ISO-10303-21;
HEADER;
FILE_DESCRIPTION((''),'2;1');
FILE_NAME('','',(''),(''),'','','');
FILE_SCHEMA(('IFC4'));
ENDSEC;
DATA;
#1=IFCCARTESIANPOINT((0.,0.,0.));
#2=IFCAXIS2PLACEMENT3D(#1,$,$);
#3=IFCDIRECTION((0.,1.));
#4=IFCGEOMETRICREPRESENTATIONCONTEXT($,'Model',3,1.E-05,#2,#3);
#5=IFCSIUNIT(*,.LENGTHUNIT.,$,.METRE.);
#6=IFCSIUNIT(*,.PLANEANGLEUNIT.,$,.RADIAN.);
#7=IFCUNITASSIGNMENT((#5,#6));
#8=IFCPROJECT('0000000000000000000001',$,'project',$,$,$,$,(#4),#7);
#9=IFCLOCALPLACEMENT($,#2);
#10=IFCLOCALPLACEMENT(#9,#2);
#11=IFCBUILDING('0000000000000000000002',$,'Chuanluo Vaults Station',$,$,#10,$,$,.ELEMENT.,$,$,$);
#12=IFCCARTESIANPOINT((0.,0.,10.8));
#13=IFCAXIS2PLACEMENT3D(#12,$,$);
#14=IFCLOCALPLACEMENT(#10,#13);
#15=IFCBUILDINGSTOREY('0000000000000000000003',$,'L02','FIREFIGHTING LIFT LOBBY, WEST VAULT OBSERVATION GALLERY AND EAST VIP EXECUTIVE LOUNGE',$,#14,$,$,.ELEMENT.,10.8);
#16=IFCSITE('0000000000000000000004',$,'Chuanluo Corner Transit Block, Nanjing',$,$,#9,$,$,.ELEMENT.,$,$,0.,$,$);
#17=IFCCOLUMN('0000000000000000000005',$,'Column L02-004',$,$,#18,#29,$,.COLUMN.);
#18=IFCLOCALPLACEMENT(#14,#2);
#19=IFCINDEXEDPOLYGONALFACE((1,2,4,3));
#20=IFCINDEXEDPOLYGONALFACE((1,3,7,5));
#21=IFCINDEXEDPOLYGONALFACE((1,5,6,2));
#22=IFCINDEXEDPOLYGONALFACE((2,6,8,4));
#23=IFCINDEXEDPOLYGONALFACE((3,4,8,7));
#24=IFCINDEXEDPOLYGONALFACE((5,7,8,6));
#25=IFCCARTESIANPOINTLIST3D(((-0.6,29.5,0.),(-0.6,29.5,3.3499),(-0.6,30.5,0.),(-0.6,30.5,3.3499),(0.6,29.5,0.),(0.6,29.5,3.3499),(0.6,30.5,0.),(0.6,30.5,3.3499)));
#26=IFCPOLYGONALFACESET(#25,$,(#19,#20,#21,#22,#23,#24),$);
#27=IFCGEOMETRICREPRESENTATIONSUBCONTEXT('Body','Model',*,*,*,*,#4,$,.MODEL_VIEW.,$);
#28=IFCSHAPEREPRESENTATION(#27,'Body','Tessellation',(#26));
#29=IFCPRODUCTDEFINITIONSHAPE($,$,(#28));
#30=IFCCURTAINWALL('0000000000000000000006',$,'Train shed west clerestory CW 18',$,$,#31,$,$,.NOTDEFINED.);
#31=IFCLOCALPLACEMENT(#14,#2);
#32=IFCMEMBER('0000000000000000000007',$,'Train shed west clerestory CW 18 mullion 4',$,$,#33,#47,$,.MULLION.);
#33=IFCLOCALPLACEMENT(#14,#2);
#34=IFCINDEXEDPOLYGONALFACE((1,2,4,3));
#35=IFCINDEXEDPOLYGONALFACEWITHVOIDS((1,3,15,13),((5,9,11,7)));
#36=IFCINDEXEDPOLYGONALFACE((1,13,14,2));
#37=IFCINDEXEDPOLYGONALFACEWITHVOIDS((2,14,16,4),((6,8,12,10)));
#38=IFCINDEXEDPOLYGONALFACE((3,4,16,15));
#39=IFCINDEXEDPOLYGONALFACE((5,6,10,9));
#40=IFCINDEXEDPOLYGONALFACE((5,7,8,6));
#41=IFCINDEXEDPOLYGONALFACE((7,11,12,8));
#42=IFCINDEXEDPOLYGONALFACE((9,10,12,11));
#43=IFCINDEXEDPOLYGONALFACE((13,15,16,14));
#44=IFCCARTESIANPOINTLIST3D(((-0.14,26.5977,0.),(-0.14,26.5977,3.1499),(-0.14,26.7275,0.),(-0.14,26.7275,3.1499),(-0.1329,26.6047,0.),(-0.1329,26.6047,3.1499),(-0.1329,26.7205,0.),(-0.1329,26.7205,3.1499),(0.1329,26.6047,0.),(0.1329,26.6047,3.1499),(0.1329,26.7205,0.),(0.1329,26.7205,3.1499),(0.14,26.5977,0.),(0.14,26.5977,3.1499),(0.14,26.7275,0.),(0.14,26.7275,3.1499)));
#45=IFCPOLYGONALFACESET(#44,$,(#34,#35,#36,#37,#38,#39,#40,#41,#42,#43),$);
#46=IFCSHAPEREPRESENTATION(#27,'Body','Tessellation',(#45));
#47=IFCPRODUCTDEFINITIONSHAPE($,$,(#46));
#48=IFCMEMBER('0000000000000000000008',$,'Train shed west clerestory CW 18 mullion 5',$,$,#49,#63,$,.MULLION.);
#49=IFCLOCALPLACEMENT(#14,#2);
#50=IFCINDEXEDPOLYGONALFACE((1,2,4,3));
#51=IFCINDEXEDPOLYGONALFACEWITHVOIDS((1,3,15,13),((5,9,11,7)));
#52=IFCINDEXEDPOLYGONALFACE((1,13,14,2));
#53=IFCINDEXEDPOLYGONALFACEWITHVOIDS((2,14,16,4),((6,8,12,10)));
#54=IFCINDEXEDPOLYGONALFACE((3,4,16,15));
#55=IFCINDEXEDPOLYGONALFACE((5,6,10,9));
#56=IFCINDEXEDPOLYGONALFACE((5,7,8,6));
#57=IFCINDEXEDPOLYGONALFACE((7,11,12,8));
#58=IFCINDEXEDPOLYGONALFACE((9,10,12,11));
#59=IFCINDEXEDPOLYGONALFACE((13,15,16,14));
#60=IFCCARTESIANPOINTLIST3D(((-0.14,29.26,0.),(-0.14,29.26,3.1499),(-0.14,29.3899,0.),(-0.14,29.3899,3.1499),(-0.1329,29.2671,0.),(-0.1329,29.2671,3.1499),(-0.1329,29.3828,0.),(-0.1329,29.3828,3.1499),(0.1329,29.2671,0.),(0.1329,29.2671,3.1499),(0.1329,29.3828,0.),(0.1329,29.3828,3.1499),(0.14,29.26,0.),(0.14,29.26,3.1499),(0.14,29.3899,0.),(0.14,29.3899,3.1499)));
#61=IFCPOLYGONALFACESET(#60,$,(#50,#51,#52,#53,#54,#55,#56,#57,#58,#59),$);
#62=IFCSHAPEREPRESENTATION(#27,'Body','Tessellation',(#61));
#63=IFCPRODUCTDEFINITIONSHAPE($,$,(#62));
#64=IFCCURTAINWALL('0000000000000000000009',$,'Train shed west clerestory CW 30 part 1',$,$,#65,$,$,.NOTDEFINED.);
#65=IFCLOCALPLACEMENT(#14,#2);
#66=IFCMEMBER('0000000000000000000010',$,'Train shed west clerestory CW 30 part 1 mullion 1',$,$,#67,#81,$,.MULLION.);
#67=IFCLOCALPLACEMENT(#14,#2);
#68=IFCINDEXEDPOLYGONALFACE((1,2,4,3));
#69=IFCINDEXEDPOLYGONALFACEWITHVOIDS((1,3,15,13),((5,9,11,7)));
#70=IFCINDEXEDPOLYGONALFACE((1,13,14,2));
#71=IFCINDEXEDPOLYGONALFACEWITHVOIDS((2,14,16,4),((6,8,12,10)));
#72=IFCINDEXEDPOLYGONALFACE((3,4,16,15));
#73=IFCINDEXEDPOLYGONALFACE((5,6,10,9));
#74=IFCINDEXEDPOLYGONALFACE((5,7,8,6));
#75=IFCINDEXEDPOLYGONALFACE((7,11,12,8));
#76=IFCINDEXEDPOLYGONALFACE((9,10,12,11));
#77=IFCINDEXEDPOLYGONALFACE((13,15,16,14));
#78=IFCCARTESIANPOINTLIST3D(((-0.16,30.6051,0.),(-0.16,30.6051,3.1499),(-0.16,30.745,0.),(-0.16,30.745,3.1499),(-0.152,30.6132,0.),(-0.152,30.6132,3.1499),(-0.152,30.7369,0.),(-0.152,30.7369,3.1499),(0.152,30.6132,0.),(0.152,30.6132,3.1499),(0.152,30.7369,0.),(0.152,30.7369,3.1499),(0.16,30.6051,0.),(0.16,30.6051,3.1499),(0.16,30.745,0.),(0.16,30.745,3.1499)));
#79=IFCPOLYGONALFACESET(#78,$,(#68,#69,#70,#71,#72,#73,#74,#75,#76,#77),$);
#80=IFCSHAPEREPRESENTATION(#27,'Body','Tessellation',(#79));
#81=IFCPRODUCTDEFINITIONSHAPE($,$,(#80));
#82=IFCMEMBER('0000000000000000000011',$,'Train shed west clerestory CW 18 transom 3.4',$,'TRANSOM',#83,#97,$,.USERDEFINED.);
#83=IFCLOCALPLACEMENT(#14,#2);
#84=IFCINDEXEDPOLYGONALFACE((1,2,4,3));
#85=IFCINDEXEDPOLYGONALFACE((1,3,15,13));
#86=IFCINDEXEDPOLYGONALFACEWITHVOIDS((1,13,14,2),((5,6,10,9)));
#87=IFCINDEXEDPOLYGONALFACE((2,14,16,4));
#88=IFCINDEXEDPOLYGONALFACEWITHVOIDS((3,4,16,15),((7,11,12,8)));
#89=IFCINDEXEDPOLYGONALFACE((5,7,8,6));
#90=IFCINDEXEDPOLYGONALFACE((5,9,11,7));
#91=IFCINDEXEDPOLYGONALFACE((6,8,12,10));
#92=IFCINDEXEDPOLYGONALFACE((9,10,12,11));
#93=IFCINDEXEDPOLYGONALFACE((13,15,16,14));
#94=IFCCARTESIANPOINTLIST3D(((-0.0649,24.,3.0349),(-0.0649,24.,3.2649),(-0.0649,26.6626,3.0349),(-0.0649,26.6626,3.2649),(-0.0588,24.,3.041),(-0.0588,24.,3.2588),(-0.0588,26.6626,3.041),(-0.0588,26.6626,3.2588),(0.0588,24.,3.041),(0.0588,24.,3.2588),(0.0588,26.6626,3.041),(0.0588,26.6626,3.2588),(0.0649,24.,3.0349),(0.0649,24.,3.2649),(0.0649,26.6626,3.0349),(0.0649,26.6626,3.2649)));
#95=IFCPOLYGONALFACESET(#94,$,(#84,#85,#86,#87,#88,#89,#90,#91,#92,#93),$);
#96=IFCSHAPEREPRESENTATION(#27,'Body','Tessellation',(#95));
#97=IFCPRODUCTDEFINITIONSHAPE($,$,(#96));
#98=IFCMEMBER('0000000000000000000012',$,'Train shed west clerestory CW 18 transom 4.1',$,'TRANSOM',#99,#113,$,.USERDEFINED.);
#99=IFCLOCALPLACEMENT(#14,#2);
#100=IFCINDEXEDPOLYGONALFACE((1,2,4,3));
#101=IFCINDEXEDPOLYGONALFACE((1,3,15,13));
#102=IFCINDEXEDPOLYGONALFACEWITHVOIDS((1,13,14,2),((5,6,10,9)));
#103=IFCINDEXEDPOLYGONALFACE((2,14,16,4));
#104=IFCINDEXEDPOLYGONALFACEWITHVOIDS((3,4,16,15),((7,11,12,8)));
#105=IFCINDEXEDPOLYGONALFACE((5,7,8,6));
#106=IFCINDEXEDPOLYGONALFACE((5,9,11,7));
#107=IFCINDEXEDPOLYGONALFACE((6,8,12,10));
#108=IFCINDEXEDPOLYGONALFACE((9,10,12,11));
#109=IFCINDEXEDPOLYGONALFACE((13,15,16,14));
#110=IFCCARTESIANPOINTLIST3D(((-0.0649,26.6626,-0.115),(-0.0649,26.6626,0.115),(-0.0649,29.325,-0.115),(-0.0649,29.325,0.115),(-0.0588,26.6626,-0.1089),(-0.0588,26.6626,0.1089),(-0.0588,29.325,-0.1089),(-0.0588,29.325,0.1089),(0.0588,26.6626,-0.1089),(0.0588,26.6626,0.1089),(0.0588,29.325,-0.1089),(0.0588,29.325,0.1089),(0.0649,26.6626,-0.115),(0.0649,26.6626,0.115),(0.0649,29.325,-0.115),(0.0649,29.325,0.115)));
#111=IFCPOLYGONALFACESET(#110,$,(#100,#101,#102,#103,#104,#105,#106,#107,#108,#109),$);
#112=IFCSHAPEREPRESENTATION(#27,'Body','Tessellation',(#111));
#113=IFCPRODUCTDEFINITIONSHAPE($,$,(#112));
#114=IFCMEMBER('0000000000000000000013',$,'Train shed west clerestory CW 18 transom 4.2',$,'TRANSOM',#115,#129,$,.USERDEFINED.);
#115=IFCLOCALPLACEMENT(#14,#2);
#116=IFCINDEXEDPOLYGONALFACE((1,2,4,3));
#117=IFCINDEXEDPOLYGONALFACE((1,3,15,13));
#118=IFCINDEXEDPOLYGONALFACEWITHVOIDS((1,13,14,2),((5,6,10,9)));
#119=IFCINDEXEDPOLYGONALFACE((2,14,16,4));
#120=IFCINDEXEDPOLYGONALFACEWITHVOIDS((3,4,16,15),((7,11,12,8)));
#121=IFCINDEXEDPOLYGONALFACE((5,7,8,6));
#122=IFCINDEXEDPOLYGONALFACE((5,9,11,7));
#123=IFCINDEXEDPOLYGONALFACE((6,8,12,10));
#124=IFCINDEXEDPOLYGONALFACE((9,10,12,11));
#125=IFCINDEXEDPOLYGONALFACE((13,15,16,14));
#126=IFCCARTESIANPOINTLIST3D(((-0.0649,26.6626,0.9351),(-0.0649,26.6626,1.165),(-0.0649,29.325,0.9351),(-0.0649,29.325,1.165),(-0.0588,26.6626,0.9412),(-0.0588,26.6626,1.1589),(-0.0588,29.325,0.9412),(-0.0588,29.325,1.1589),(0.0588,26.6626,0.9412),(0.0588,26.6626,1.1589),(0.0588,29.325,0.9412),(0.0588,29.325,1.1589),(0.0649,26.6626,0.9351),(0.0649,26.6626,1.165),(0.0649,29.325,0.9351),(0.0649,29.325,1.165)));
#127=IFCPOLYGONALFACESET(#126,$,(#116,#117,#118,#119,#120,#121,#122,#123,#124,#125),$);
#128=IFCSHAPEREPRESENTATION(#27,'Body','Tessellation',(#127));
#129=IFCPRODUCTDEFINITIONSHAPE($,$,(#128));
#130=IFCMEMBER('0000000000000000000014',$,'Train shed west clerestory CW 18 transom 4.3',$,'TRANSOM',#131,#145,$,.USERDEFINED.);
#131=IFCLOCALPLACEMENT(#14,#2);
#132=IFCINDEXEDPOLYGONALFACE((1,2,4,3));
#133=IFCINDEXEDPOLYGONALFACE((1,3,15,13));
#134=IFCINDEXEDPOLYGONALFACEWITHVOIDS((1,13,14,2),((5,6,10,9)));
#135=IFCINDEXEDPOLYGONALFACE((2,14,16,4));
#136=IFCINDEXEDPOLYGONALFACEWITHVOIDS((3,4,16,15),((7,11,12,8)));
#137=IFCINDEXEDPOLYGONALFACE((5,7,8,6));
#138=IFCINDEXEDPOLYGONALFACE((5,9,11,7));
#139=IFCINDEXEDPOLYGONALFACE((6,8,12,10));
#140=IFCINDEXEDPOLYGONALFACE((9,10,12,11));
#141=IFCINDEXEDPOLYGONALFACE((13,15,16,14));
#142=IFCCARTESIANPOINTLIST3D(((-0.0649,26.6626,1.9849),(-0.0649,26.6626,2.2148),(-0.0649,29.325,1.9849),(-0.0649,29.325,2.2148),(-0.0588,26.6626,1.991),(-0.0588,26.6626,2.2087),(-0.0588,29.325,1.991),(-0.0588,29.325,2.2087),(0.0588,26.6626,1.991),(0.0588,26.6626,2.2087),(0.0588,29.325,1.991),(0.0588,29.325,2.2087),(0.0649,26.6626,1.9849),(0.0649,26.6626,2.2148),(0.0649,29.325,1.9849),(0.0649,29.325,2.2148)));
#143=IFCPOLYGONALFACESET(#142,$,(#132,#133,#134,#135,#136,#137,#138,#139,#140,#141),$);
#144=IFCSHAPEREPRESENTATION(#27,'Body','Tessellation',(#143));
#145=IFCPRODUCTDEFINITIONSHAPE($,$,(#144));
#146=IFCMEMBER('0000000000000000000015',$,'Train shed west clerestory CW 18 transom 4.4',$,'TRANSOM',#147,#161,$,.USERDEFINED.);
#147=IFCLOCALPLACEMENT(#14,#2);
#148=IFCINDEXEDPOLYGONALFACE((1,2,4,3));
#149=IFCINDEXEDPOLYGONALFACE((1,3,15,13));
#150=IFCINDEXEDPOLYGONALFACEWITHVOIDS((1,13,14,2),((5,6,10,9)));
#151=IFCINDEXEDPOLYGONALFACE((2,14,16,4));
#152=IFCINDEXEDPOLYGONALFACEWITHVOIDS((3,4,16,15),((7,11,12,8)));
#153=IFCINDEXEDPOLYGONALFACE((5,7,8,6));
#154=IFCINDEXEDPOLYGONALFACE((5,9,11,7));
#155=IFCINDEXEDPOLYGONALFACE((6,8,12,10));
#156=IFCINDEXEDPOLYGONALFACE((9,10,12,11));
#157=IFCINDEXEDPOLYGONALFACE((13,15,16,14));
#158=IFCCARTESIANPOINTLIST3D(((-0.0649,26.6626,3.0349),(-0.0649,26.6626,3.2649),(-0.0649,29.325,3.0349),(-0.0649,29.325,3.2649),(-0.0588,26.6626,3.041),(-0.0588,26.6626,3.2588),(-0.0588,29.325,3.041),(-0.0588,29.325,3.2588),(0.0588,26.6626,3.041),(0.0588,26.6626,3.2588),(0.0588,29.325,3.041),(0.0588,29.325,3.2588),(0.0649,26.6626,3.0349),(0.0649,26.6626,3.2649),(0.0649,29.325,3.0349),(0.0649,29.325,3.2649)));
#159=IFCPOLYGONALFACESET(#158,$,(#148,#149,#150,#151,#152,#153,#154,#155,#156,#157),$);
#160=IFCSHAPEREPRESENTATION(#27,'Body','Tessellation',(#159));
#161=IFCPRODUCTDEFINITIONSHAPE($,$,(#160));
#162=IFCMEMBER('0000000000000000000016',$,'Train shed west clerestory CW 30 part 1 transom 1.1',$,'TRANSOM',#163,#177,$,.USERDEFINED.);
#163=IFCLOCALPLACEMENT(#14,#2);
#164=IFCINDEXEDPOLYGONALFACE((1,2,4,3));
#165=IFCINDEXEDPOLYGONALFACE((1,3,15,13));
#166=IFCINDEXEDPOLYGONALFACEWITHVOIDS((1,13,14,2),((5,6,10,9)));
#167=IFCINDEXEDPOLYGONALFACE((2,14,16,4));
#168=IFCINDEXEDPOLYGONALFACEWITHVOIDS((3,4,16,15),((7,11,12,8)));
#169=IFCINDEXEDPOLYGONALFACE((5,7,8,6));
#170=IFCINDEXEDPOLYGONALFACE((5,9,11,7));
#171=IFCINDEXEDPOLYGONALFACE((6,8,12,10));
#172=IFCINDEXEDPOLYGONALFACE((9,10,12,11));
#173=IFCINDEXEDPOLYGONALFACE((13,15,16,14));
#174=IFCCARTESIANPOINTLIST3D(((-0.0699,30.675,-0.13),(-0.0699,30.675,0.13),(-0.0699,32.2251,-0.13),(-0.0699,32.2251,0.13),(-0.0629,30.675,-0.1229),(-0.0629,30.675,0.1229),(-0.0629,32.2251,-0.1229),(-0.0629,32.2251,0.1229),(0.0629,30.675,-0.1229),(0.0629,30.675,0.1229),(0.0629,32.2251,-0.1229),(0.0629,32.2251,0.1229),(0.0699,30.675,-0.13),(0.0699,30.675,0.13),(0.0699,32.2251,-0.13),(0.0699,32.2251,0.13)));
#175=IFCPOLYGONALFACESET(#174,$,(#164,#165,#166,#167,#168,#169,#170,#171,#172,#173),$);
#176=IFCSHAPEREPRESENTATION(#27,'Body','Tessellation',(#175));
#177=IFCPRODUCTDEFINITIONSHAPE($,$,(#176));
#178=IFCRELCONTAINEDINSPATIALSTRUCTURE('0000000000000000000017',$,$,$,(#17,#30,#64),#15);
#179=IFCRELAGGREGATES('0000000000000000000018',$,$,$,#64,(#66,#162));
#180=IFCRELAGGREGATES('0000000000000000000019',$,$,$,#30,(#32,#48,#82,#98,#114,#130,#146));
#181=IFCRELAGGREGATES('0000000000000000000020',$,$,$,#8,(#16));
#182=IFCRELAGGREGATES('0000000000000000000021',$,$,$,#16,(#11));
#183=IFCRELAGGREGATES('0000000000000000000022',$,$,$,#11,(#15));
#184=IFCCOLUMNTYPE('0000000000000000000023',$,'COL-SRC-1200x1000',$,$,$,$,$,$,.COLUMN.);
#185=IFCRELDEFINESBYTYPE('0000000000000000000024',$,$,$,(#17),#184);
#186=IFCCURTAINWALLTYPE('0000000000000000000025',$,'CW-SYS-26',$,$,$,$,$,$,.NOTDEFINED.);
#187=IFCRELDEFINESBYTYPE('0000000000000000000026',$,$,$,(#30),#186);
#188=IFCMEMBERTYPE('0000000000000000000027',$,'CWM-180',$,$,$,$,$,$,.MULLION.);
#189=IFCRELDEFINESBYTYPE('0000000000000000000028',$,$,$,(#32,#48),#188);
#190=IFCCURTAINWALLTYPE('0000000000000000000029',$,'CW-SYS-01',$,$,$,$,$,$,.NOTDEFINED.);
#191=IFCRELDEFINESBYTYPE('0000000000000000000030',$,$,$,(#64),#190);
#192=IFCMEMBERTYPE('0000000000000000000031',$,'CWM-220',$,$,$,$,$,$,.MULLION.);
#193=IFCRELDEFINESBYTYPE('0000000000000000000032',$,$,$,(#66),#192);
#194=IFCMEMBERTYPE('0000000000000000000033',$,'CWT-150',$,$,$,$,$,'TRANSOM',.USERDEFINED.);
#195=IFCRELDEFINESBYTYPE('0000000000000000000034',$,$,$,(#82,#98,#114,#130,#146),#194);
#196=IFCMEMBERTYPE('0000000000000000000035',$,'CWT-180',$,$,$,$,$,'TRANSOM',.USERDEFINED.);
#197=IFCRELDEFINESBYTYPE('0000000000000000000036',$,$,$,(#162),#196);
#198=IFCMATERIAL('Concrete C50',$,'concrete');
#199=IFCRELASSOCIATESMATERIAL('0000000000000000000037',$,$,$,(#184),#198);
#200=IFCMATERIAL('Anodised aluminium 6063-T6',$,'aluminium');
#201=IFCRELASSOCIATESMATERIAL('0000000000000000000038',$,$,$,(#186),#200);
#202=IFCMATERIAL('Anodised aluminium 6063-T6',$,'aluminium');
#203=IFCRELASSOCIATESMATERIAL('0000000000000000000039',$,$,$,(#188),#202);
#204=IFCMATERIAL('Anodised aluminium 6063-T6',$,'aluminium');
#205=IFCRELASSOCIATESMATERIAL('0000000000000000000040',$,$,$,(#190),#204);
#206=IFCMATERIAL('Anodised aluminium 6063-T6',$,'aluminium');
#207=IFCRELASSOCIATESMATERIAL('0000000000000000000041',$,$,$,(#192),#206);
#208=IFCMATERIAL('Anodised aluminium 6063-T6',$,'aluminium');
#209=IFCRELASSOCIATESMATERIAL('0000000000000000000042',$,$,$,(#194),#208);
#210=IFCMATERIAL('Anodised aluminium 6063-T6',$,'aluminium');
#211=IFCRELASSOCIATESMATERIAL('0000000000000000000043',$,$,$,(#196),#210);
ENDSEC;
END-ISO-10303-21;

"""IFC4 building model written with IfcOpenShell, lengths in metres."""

from ifc_helpers import new_model, si_unit, direction, frame, origin, origin_2d, place, context, subcontext, project, spatial, rectangle, hollow_rectangle, extrude, material, material_profile, profile_set, type_object, element, aggregate, save


model = new_model("IFC4")

# Units and contexts
model_context = context("Model", 3, precision=1e-05, world=origin(), true_north=direction((0.0, 1.0)))
body_context = subcontext(model_context, "Body", "Model", "MODEL_VIEW")
ifc_project = project(units=[si_unit("LENGTHUNIT", "METRE"), si_unit("PLANEANGLEUNIT", "RADIAN")], contexts=[model_context])

# Site, building, storey
site_placement = place(None, origin())
site = spatial("IfcSite", under=ifc_project, at=site_placement, Name="Chuanluo Corner Transit Block, Nanjing", CompositionType="ELEMENT", RefElevation=0.0)
building_placement = place(site_placement, origin())
building = spatial("IfcBuilding", under=site, at=building_placement, Name="Chuanluo Vaults Station", CompositionType="ELEMENT")
storey_placement = place(building_placement, frame((0.0, 0.0, 10.8)))
storey = spatial("IfcBuildingStorey", under=building, at=storey_placement, Name="L02", Description="FIREFIGHTING LIFT LOBBY, WEST VAULT OBSERVATION GALLERY AND EAST VIP EXECUTIVE LOUNGE", CompositionType="ELEMENT", Elevation=10.8)

# Column
ifc_material_1 = material(Name="Concrete C50", Category="concrete")
ifc_material_profile_1 = material_profile(ifc_material_1, rectangle(XDim=1.2, YDim=1.0, at=origin_2d()))
ifc_profile_set_1 = profile_set([ifc_material_profile_1], Name="Concrete C50")
column_type = type_object("IfcColumnType", Name="COL-SRC-1200x1000", PredefinedType="COLUMN", material=ifc_profile_set_1)
column_placement = place(storey_placement, frame((0.0, 30.0, 0.0), z_axis=(0.0, 0.0, 1.0), x_axis=(1.0, 0.0, 0.0)))
element("IfcColumn", 1, at=column_placement, inside=storey, type_object=column_type, Name="Column L02-004", PredefinedType="COLUMN", context=body_context, shape_type="SweptSolid", body=[
    extrude(rectangle(XDim=1.2, YDim=1.0, at=origin_2d()), origin(), (0.0, 0.0, 1.0), 3.3499),
])

# Curtain wall, members
ifc_material_2 = material(Name="Anodised aluminium 6063-T6", Category="aluminium")
curtain_wall_type_1 = type_object("IfcCurtainWallType", Name="CW-SYS-26", PredefinedType="NOTDEFINED", material=ifc_material_2)
curtain_wall_1_placement = place(storey_placement, origin())
curtain_wall_1 = element("IfcCurtainWall", 2, at=curtain_wall_1_placement, inside=storey, type_object=curtain_wall_type_1, Name="Train shed west clerestory CW 18", PredefinedType="NOTDEFINED")
ifc_material_3 = material(Name="Anodised aluminium 6063-T6", Category="aluminium")
ifc_material_profile_2 = material_profile(ifc_material_3, hollow_rectangle(XDim=0.1299, YDim=0.28, WallThickness=0.0071, at=origin_2d()))
ifc_profile_set_2 = profile_set([ifc_material_profile_2], Name="Anodised aluminium 6063-T6")
member_type_1 = type_object("IfcMemberType", Name="CWM-180", PredefinedType="MULLION", material=ifc_profile_set_2)
member_1_placement = place(storey_placement, frame((0.0, 26.6626, 0.0), z_axis=(0.0, 0.0, 1.0), x_axis=(0.0, 1.0, 0.0)))
member_1 = element("IfcMember", 3, at=member_1_placement, type_object=member_type_1, Name="Train shed west clerestory CW 18 mullion 4", PredefinedType="MULLION", context=body_context, shape_type="SweptSolid", body=[
    extrude(hollow_rectangle(XDim=0.1299, YDim=0.28, WallThickness=0.0071, at=origin_2d()), origin(), (0.0, 0.0, 1.0), 3.1499),
])
member_2_placement = place(storey_placement, frame((0.0, 29.325, 0.0), z_axis=(0.0, 0.0, 1.0), x_axis=(0.0, 1.0, 0.0)))
member_2 = element("IfcMember", 4, at=member_2_placement, type_object=member_type_1, Name="Train shed west clerestory CW 18 mullion 5", PredefinedType="MULLION", context=body_context, shape_type="SweptSolid", body=[
    extrude(hollow_rectangle(XDim=0.1299, YDim=0.28, WallThickness=0.0071, at=origin_2d()), origin(), (0.0, 0.0, 1.0), 3.1499),
])

# Curtain wall, member
ifc_material_4 = material(Name="Anodised aluminium 6063-T6", Category="aluminium")
curtain_wall_type_2 = type_object("IfcCurtainWallType", Name="CW-SYS-01", PredefinedType="NOTDEFINED", material=ifc_material_4)
curtain_wall_2_placement = place(storey_placement, origin())
curtain_wall_2 = element("IfcCurtainWall", 5, at=curtain_wall_2_placement, inside=storey, type_object=curtain_wall_type_2, Name="Train shed west clerestory CW 30 part 1", PredefinedType="NOTDEFINED")
ifc_material_5 = material(Name="Anodised aluminium 6063-T6", Category="aluminium")
ifc_material_profile_3 = material_profile(ifc_material_5, hollow_rectangle(XDim=0.1399, YDim=0.3201, WallThickness=0.0081, at=origin_2d()))
ifc_profile_set_3 = profile_set([ifc_material_profile_3], Name="Anodised aluminium 6063-T6")
member_type_2 = type_object("IfcMemberType", Name="CWM-220", PredefinedType="MULLION", material=ifc_profile_set_3)
member_3_placement = place(storey_placement, frame((0.0, 30.675, 0.0), z_axis=(0.0, 0.0, 1.0), x_axis=(0.0, 1.0, 0.0)))
member_3 = element("IfcMember", 6, at=member_3_placement, type_object=member_type_2, Name="Train shed west clerestory CW 30 part 1 mullion 1", PredefinedType="MULLION", context=body_context, shape_type="SweptSolid", body=[
    extrude(hollow_rectangle(XDim=0.1399, YDim=0.3201, WallThickness=0.0081, at=origin_2d()), origin(), (0.0, 0.0, 1.0), 3.1499),
])

# Members
ifc_material_6 = material(Name="Anodised aluminium 6063-T6", Category="aluminium")
ifc_material_profile_4 = material_profile(ifc_material_6, hollow_rectangle(XDim=0.1299, YDim=0.23, WallThickness=0.0061, at=origin_2d()))
ifc_profile_set_4 = profile_set([ifc_material_profile_4], Name="Anodised aluminium 6063-T6")
member_type_3 = type_object("IfcMemberType", Name="CWT-150", ElementType="TRANSOM", PredefinedType="USERDEFINED", material=ifc_profile_set_4)
member_4_placement = place(storey_placement, frame((0.0, 24.0, 3.1499), z_axis=(0.0, 1.0, 0.0), x_axis=(-1.0, 0.0, 0.0)))
member_4 = element("IfcMember", 7, at=member_4_placement, type_object=member_type_3, Name="Train shed west clerestory CW 18 transom 3.4", ObjectType="TRANSOM", PredefinedType="USERDEFINED", context=body_context, shape_type="SweptSolid", body=[
    extrude(hollow_rectangle(XDim=0.1299, YDim=0.23, WallThickness=0.0061, at=origin_2d()), origin(), (0.0, 0.0, 1.0), 2.6626),
])
member_5_placement = place(storey_placement, frame((0.0, 26.6626, 0.0), z_axis=(0.0, 1.0, 0.0), x_axis=(-1.0, 0.0, 0.0)))
member_5 = element("IfcMember", 8, at=member_5_placement, type_object=member_type_3, Name="Train shed west clerestory CW 18 transom 4.1", ObjectType="TRANSOM", PredefinedType="USERDEFINED", context=body_context, shape_type="SweptSolid", body=[
    extrude(hollow_rectangle(XDim=0.1299, YDim=0.23, WallThickness=0.0061, at=origin_2d()), origin(), (0.0, 0.0, 1.0), 2.6624),
])
member_6_placement = place(storey_placement, frame((0.0, 26.6626, 1.05), z_axis=(0.0, 1.0, 0.0), x_axis=(-1.0, 0.0, 0.0)))
member_6 = element("IfcMember", 9, at=member_6_placement, type_object=member_type_3, Name="Train shed west clerestory CW 18 transom 4.2", ObjectType="TRANSOM", PredefinedType="USERDEFINED", context=body_context, shape_type="SweptSolid", body=[
    extrude(hollow_rectangle(XDim=0.1299, YDim=0.23, WallThickness=0.0061, at=origin_2d()), origin(), (0.0, 0.0, 1.0), 2.6624),
])
member_7_placement = place(storey_placement, frame((0.0, 26.6626, 2.0999), z_axis=(0.0, 1.0, 0.0), x_axis=(-1.0, 0.0, 0.0)))
member_7 = element("IfcMember", 10, at=member_7_placement, type_object=member_type_3, Name="Train shed west clerestory CW 18 transom 4.3", ObjectType="TRANSOM", PredefinedType="USERDEFINED", context=body_context, shape_type="SweptSolid", body=[
    extrude(hollow_rectangle(XDim=0.1299, YDim=0.23, WallThickness=0.0061, at=origin_2d()), origin(), (0.0, 0.0, 1.0), 2.6624),
])
member_8_placement = place(storey_placement, frame((0.0, 26.6626, 3.1499), z_axis=(0.0, 1.0, 0.0), x_axis=(-1.0, 0.0, 0.0)))
member_8 = element("IfcMember", 11, at=member_8_placement, type_object=member_type_3, Name="Train shed west clerestory CW 18 transom 4.4", ObjectType="TRANSOM", PredefinedType="USERDEFINED", context=body_context, shape_type="SweptSolid", body=[
    extrude(hollow_rectangle(XDim=0.1299, YDim=0.23, WallThickness=0.0061, at=origin_2d()), origin(), (0.0, 0.0, 1.0), 2.6624),
])
ifc_material_7 = material(Name="Anodised aluminium 6063-T6", Category="aluminium")
ifc_material_profile_5 = material_profile(ifc_material_7, hollow_rectangle(XDim=0.1399, YDim=0.26, WallThickness=0.0071, at=origin_2d()))
ifc_profile_set_5 = profile_set([ifc_material_profile_5], Name="Anodised aluminium 6063-T6")
member_type_4 = type_object("IfcMemberType", Name="CWT-180", ElementType="TRANSOM", PredefinedType="USERDEFINED", material=ifc_profile_set_5)
member_9_placement = place(storey_placement, frame((0.0, 30.675, 0.0), z_axis=(0.0, 1.0, 0.0), x_axis=(-1.0, 0.0, 0.0)))
member_9 = element("IfcMember", 12, at=member_9_placement, type_object=member_type_4, Name="Train shed west clerestory CW 30 part 1 transom 1.1", ObjectType="TRANSOM", PredefinedType="USERDEFINED", context=body_context, shape_type="SweptSolid", body=[
    extrude(hollow_rectangle(XDim=0.1399, YDim=0.26, WallThickness=0.0071, at=origin_2d()), origin(), (0.0, 0.0, 1.0), 1.55),
])

aggregate(curtain_wall_2, [member_3, member_9])
aggregate(curtain_wall_1, [member_1, member_2, member_4, member_5, member_6, member_7, member_8])

save(model, "model.ifc")
